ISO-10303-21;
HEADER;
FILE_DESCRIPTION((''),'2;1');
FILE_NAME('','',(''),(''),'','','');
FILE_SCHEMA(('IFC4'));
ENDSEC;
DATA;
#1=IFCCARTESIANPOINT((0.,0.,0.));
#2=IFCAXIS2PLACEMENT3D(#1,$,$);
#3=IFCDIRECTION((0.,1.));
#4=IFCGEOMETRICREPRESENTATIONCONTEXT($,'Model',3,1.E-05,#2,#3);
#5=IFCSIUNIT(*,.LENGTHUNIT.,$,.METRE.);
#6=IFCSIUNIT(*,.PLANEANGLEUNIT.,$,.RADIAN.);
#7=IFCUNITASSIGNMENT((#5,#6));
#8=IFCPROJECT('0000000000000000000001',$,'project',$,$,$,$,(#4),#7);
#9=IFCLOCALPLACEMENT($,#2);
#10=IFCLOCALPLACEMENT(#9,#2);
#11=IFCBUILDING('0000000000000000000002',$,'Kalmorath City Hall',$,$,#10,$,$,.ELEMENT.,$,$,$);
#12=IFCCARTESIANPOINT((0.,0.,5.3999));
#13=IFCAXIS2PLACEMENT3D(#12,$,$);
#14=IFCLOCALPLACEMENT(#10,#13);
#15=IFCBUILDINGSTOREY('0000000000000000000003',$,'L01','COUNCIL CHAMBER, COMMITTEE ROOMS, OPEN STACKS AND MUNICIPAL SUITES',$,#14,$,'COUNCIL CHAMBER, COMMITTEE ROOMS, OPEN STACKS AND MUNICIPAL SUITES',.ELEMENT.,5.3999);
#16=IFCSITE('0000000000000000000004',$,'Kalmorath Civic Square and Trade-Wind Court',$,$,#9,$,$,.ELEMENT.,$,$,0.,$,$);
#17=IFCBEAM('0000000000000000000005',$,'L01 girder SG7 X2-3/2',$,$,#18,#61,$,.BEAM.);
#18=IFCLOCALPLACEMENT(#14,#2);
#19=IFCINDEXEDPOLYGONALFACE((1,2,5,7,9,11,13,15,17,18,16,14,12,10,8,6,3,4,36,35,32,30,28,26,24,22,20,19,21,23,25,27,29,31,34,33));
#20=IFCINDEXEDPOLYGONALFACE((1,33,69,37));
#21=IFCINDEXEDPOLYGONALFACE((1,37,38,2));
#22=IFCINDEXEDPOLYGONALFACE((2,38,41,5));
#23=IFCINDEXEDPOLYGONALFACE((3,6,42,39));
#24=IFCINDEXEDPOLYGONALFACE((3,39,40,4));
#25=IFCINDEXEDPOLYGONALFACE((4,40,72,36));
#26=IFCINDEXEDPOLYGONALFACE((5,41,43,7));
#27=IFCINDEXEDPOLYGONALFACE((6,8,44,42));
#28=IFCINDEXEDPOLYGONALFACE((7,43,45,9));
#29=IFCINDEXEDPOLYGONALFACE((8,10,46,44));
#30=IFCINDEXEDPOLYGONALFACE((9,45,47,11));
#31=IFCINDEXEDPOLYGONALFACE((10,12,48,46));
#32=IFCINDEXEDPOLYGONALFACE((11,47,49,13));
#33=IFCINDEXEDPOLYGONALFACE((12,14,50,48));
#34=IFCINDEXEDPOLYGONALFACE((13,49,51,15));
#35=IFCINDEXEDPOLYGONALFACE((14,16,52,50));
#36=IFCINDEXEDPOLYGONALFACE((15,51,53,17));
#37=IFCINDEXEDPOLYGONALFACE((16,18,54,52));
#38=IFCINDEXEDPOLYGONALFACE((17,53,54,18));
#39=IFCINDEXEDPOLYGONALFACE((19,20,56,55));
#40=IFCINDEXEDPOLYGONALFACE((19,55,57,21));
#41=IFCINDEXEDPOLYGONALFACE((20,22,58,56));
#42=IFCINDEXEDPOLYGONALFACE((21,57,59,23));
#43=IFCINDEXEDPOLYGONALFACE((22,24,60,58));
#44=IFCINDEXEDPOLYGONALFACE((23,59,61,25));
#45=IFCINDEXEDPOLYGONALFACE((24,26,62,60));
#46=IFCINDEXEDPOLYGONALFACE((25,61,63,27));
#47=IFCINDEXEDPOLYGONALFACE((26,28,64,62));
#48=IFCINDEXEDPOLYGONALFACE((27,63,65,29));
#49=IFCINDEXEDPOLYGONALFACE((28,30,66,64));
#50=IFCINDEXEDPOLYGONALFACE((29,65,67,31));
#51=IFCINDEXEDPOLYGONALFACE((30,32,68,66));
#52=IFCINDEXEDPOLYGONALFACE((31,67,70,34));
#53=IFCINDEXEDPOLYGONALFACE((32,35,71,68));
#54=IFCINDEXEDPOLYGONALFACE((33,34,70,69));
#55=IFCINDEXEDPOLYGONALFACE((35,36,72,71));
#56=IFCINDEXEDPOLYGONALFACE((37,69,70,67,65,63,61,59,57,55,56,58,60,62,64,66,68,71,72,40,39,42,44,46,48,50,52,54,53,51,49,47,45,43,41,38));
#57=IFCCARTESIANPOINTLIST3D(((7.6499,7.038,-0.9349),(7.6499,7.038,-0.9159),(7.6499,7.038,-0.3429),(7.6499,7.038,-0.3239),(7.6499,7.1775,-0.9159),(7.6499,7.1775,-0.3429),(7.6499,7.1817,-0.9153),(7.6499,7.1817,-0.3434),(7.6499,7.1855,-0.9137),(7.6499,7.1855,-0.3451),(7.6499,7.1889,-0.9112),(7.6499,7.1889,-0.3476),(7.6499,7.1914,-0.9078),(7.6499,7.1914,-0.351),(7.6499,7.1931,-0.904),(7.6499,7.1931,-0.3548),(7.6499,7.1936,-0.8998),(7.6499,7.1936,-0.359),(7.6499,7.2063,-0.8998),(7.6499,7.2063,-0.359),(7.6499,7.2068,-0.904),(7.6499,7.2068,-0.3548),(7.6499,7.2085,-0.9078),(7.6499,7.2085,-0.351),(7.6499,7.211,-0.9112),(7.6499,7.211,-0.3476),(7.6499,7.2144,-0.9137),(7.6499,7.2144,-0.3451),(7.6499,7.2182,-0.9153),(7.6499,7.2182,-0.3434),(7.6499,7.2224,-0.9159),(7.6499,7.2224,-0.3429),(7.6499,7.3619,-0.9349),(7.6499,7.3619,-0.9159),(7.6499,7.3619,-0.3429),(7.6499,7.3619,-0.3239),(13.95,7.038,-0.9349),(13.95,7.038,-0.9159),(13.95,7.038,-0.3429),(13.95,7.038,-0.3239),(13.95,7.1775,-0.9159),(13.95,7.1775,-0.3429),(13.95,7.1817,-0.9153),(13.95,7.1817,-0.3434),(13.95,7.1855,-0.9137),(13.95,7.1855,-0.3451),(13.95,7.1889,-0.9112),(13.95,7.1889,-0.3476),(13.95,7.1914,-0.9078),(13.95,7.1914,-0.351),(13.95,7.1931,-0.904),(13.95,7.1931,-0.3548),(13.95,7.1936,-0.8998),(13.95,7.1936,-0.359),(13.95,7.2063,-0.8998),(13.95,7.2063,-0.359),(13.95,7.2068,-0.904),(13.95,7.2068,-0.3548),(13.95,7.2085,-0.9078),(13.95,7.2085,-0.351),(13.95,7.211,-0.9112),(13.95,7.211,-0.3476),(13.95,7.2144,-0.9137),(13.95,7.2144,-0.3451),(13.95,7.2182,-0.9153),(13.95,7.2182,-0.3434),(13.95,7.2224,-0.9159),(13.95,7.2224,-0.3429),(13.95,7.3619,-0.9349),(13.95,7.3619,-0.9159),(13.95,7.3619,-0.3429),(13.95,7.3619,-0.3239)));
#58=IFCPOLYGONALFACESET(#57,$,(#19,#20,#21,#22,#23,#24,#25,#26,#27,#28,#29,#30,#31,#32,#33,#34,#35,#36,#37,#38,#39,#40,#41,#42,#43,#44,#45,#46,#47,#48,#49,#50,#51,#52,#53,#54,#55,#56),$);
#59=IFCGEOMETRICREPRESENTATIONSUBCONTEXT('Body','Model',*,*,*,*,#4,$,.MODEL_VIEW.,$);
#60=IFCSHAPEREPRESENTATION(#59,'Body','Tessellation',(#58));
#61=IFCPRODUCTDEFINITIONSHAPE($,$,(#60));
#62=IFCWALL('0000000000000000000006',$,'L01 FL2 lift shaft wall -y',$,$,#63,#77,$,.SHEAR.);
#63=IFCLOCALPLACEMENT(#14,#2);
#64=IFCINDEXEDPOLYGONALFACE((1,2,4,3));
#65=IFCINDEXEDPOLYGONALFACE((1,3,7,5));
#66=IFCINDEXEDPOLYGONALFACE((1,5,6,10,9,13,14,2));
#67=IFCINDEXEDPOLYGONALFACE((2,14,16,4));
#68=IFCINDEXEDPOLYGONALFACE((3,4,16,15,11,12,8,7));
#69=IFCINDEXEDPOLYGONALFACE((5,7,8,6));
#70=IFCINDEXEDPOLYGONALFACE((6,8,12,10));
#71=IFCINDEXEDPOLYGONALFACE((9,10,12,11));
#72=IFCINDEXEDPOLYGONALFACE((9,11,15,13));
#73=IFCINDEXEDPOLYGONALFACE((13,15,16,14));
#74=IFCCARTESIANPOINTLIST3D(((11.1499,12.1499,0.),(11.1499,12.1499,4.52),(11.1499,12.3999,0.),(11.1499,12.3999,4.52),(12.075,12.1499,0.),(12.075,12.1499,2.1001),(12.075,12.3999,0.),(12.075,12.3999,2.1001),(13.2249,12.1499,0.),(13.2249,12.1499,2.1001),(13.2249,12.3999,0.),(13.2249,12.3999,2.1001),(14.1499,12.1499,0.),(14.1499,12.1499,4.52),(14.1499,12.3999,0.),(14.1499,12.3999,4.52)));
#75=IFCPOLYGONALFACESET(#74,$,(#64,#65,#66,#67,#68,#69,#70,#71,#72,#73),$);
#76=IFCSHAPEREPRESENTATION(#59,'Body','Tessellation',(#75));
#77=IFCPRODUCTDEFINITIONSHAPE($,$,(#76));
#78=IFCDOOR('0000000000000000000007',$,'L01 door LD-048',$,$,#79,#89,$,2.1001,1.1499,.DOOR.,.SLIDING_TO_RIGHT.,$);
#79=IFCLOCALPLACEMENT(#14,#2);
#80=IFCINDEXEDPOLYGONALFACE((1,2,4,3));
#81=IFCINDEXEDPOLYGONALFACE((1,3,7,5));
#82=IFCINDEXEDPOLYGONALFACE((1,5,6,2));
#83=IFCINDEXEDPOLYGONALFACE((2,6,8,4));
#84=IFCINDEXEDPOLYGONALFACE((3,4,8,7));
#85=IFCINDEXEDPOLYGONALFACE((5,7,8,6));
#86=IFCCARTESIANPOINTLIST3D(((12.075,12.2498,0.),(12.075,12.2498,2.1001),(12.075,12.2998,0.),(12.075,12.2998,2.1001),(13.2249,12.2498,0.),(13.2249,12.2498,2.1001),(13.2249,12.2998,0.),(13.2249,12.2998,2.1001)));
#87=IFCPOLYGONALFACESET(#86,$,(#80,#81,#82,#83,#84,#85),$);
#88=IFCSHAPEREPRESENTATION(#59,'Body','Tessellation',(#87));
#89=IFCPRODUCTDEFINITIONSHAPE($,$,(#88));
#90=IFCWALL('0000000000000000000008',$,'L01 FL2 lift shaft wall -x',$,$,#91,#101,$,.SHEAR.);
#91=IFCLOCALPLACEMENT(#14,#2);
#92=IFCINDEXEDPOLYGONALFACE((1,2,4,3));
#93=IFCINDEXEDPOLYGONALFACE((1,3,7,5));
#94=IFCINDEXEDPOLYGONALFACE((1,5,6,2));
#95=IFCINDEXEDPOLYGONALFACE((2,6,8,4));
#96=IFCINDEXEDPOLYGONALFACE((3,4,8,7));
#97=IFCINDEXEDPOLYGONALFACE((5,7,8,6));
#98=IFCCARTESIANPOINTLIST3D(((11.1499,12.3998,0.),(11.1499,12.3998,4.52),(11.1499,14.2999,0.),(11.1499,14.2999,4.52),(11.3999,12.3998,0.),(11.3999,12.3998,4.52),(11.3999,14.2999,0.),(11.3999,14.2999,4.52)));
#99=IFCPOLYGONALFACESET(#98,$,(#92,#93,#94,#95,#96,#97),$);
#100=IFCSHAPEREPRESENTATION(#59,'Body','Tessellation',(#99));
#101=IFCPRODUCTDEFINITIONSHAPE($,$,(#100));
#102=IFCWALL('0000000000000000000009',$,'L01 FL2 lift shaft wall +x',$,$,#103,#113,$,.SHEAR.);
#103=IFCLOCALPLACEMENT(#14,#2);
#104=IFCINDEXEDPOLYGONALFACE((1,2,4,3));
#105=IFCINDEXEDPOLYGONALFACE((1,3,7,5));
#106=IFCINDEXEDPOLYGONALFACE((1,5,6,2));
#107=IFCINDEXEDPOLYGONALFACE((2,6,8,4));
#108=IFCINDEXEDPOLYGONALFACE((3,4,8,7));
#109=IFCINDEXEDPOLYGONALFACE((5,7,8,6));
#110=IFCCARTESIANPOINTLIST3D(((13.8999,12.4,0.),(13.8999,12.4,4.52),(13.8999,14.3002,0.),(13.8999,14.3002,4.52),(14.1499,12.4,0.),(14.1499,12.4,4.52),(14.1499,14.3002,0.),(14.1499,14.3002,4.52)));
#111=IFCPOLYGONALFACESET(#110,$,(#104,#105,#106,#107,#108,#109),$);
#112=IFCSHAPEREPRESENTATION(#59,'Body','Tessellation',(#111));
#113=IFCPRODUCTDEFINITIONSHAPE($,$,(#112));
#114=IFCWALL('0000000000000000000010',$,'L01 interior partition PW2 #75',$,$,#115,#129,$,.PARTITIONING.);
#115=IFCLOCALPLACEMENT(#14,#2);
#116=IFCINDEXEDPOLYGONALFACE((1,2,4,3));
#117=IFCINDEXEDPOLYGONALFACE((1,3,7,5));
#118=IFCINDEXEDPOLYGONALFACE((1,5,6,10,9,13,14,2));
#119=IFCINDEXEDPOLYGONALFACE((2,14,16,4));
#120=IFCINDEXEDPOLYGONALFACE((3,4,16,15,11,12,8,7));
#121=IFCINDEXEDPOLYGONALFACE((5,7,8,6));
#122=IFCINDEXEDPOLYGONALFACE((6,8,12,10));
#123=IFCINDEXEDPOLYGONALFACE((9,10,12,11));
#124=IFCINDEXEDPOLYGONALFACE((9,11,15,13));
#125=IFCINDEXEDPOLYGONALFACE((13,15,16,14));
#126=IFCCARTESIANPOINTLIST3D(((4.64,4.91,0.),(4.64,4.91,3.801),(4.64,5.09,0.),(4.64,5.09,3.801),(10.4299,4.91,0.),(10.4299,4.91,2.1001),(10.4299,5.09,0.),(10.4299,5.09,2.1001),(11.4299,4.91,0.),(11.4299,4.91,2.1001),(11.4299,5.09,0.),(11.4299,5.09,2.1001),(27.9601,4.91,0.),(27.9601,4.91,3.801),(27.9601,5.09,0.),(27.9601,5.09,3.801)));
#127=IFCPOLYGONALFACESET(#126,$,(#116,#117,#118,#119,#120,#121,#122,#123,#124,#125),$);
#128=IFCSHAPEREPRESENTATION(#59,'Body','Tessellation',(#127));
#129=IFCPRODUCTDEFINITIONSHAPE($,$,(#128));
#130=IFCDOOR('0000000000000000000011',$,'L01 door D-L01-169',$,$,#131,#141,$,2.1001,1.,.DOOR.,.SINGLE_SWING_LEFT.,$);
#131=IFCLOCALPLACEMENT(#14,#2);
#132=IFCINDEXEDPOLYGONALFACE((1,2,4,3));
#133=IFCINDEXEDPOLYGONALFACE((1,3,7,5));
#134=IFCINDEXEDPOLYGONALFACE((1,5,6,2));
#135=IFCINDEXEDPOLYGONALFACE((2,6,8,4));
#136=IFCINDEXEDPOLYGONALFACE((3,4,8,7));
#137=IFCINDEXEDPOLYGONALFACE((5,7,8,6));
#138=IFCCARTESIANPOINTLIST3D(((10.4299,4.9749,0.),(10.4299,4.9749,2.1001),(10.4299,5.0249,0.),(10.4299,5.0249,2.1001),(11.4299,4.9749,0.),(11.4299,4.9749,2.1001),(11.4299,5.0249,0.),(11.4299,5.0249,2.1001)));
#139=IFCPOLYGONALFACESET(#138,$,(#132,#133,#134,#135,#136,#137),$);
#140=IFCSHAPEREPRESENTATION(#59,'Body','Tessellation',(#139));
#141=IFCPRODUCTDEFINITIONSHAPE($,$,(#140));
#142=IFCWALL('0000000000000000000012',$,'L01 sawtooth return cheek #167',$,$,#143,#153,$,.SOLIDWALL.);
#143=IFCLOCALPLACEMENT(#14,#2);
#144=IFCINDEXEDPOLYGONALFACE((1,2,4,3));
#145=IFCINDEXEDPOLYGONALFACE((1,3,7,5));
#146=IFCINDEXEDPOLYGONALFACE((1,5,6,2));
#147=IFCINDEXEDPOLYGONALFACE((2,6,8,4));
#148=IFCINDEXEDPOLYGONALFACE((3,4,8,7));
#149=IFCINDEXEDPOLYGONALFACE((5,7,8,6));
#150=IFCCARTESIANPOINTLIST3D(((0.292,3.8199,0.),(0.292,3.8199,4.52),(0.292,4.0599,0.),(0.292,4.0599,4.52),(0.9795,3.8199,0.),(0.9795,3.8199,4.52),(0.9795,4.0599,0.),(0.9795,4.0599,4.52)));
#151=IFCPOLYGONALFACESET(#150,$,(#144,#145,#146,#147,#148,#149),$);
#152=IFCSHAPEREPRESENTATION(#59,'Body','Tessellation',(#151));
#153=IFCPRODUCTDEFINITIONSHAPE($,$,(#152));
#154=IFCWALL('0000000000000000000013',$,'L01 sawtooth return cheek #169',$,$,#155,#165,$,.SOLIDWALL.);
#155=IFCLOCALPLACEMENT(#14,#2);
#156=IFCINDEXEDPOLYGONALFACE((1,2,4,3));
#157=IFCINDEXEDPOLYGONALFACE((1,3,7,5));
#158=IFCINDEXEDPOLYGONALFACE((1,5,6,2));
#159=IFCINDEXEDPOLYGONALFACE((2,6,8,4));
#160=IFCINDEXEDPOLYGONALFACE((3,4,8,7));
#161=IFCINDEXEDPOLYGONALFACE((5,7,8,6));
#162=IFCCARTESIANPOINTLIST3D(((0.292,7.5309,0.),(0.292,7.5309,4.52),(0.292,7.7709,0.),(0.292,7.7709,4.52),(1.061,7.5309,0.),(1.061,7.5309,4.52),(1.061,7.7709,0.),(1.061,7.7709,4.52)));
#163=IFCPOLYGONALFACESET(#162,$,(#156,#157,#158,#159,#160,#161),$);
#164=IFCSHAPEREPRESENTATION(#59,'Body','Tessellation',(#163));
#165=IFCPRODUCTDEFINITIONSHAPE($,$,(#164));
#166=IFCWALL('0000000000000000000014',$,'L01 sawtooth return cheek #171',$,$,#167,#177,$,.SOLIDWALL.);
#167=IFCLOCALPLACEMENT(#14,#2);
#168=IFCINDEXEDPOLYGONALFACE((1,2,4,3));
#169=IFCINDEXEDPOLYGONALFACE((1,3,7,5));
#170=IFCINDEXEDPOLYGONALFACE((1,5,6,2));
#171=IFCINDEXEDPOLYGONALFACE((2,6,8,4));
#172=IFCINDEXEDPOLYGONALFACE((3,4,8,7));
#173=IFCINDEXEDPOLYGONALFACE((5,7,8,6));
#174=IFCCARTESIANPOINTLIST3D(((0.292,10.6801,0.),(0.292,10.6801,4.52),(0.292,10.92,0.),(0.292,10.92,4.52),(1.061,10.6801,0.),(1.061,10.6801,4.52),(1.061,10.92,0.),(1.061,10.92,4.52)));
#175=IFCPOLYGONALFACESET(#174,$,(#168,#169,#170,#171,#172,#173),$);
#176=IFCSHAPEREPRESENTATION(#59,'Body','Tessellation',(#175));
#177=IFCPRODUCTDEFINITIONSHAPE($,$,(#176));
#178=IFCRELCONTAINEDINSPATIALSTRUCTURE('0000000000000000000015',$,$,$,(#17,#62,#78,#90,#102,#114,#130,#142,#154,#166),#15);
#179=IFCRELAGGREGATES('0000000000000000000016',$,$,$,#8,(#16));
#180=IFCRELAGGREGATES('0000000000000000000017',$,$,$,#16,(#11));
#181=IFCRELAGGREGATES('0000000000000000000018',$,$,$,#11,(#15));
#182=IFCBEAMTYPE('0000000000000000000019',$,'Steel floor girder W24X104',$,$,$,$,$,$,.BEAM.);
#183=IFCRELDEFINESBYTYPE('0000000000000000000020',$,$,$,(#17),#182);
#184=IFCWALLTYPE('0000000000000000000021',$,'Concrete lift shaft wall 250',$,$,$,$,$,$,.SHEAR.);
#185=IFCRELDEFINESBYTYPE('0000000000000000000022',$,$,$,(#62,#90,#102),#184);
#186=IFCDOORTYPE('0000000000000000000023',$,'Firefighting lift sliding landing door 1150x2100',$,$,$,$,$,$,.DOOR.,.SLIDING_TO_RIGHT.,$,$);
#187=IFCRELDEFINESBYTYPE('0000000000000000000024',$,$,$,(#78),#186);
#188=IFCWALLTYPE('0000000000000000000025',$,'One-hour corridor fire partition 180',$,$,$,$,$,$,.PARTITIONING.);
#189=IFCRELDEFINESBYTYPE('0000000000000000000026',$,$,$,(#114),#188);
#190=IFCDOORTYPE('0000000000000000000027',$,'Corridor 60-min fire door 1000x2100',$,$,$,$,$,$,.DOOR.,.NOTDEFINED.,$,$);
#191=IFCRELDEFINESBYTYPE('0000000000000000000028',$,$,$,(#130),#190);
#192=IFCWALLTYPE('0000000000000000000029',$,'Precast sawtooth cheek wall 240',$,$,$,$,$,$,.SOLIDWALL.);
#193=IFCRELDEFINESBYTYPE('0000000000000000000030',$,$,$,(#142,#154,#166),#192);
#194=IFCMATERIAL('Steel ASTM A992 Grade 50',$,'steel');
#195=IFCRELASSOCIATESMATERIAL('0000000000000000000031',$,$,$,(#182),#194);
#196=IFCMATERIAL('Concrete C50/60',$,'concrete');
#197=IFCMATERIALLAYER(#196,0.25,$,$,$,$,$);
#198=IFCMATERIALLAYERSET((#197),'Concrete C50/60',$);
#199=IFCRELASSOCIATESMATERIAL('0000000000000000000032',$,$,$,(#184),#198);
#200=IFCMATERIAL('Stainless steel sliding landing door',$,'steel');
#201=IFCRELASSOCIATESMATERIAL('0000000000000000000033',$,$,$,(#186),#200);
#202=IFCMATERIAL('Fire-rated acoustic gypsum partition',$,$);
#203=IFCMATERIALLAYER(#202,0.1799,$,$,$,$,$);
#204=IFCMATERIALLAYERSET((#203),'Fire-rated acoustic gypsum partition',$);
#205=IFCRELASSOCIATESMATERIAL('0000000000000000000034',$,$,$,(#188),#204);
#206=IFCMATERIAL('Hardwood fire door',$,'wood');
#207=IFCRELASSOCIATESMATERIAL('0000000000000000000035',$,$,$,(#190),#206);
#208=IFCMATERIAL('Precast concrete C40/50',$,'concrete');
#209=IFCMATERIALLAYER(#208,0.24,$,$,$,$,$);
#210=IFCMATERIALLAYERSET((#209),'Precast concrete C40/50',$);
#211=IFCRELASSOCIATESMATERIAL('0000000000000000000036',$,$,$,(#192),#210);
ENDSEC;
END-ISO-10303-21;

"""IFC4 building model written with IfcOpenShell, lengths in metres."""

from ifc_helpers import new_model, si_unit, direction, frame, frame_2d, origin, origin_2d, place, context, subcontext, project, spatial, rectangle, i_section, extrude, material, layer, layer_set, material_profile, profile_set, type_object, element, fill, save


model = new_model("IFC4")

# Units and contexts
model_context = context("Model", 3, precision=1e-05, world=origin(), true_north=direction((0.0, 1.0)))
body_context = subcontext(model_context, "Body", "Model", "MODEL_VIEW")
ifc_project = project(units=[si_unit("LENGTHUNIT", "METRE"), si_unit("PLANEANGLEUNIT", "RADIAN")], contexts=[model_context])

# Site, building, storey
site_placement = place(None, origin())
site = spatial("IfcSite", under=ifc_project, at=site_placement, Name="Kalmorath Civic Square and Trade-Wind Court", CompositionType="ELEMENT", RefElevation=0.0)
building_placement = place(site_placement, origin())
building = spatial("IfcBuilding", under=site, at=building_placement, Name="Kalmorath City Hall", CompositionType="ELEMENT")
storey_placement = place(building_placement, frame((0.0, 0.0, 5.3999)))
storey = spatial("IfcBuildingStorey", under=building, at=storey_placement, Name="L01", Description="COUNCIL CHAMBER, COMMITTEE ROOMS, OPEN STACKS AND MUNICIPAL SUITES", LongName="COUNCIL CHAMBER, COMMITTEE ROOMS, OPEN STACKS AND MUNICIPAL SUITES", CompositionType="ELEMENT", Elevation=5.3999)

# Beam
ifc_material_1 = material(Name="Steel ASTM A992 Grade 50", Category="steel")
ifc_material_profile_1 = material_profile(ifc_material_1, i_section(OverallWidth=0.324, OverallDepth=0.6111, WebThickness=0.0127, FlangeThickness=0.019, FilletRadius=0.0161, at=origin_2d()), Name="W24X104")
ifc_profile_set_1 = profile_set([ifc_material_profile_1], Name="Steel ASTM A992 Grade 50")
beam_type_1 = type_object("IfcBeamType", Name="Steel floor girder W24X104", PredefinedType="BEAM", material=ifc_profile_set_1)
for number, where, z_axis, x_axis, name in (
    (1, (7.6499, 7.2, -0.6294), (1.0, 0.0, 0.0), (0.0, 1.0, 0.0), "L01 girder SG7 X2-3/2"),
):
    element("IfcBeam", number, at=place(storey_placement, frame(where, z_axis=z_axis, x_axis=x_axis)), inside=storey, type_object=beam_type_1, Name=name, PredefinedType="BEAM", context=body_context, shape_type="SweptSolid", body=[
        extrude(i_section(OverallWidth=0.324, OverallDepth=0.6111, WebThickness=0.0127, FlangeThickness=0.019, FilletRadius=0.0161, at=origin_2d()), origin(), (0.0, 0.0, 1.0), 6.3),
    ])

# Wall, opening, door
ifc_material_2 = material(Name="Concrete C50/60", Category="concrete")
ifc_layer_1 = layer(ifc_material_2, 0.25)
ifc_layer_set_1 = layer_set([ifc_layer_1], Name="Concrete C50/60")
wall_type_1 = type_object("IfcWallType", Name="Concrete lift shaft wall 250", PredefinedType="SHEAR", material=ifc_layer_set_1)
wall_1_placement = place(storey_placement, frame((11.1499, 12.2749, 0.0), z_axis=(0.0, 0.0, 1.0), x_axis=(1.0, 0.0, 0.0)))
wall_1 = element("IfcWall", 2, at=wall_1_placement, inside=storey, type_object=wall_type_1, Name="L01 FL2 lift shaft wall -y", PredefinedType="SHEAR", context=body_context, shape_type="SweptSolid", body=[
    extrude(rectangle(XDim=3.0, YDim=0.25, at=frame_2d((1.5, 0.0))), origin(), (0.0, 0.0, 1.0), 4.52),
])
opening_1_placement = place(wall_1_placement, frame((0.925, 0.0, 0.0)))
opening_1 = element("IfcOpeningElement", 3, at=opening_1_placement, cuts=wall_1, PredefinedType="OPENING", context=body_context, shape_type="SweptSolid", body=[
    extrude(rectangle(XDim=1.1499, YDim=2.1001, at=frame_2d((0.575, 1.05))), frame((0.0, 0.135, 0.0), z_axis=(0.0, -1.0, 0.0), x_axis=(1.0, 0.0, 0.0)), (0.0, 0.0, 1.0), 0.27),
])
ifc_material_3 = material(Name="Stainless steel sliding landing door", Category="steel")
door_type_1 = type_object("IfcDoorType", Name="Firefighting lift sliding landing door 1150x2100", OperationType="SLIDING_TO_RIGHT", PredefinedType="DOOR", material=ifc_material_3)
door_1_placement = place(opening_1_placement, origin())
door_1 = element("IfcDoor", 4, at=door_1_placement, inside=storey, type_object=door_type_1, Name="L01 door LD-048", OperationType="SLIDING_TO_RIGHT", OverallHeight=2.1001, OverallWidth=1.1499, PredefinedType="DOOR", context=body_context, shape_type="SweptSolid", body=[
    extrude(rectangle(XDim=1.1499, YDim=2.1001, at=frame_2d((0.575, 1.05))), frame((0.0, 0.0249, 0.0), z_axis=(0.0, -1.0, 0.0), x_axis=(1.0, 0.0, 0.0)), (0.0, 0.0, 1.0), 0.05),
])
fill(opening_1, door_1)

# Walls
for number, where, z_axis, x_axis, name in (
    (5, (11.2749, 14.3, 0.0), (0.0, 0.0, 1.0), (0.0, -1.0, 0.0), "L01 FL2 lift shaft wall -x"),
    (6, (14.0249, 12.3999, 0.0), (0.0, 0.0, 1.0), (0.0, 1.0, 0.0), "L01 FL2 lift shaft wall +x"),
):
    element("IfcWall", number, at=place(storey_placement, frame(where, z_axis=z_axis, x_axis=x_axis)), inside=storey, type_object=wall_type_1, Name=name, PredefinedType="SHEAR", context=body_context, shape_type="SweptSolid", body=[
        extrude(rectangle(XDim=1.9001, YDim=0.25, at=frame_2d((0.9502, 0.0))), origin(), (0.0, 0.0, 1.0), 4.52),
    ])

# Wall, opening, door
ifc_material_4 = material(Name="Fire-rated acoustic gypsum partition")
ifc_layer_2 = layer(ifc_material_4, 0.1799)
ifc_layer_set_2 = layer_set([ifc_layer_2], Name="Fire-rated acoustic gypsum partition")
wall_type_2 = type_object("IfcWallType", Name="One-hour corridor fire partition 180", PredefinedType="PARTITIONING", material=ifc_layer_set_2)
wall_2_placement = place(storey_placement, frame((4.6399, 5.0, 0.0), z_axis=(0.0, 0.0, 1.0), x_axis=(1.0, 0.0, 0.0)))
wall_2 = element("IfcWall", 7, at=wall_2_placement, inside=storey, type_object=wall_type_2, Name="L01 interior partition PW2 #75", PredefinedType="PARTITIONING", context=body_context, shape_type="SweptSolid", body=[
    extrude(rectangle(XDim=23.3201, YDim=0.1799, at=frame_2d((11.6602, 0.0))), origin(), (0.0, 0.0, 1.0), 3.801),
])
opening_2_placement = place(wall_2_placement, frame((5.79, 0.0, 0.0)))
opening_2 = element("IfcOpeningElement", 8, at=opening_2_placement, cuts=wall_2, PredefinedType="OPENING", context=body_context, shape_type="SweptSolid", body=[
    extrude(rectangle(XDim=1.0, YDim=2.1001, at=frame_2d((0.5, 1.05))), frame((0.0, 0.0999, 0.0), z_axis=(0.0, -1.0, 0.0), x_axis=(1.0, 0.0, 0.0)), (0.0, 0.0, 1.0), 0.2),
])
ifc_material_5 = material(Name="Hardwood fire door", Category="wood")
door_type_2 = type_object("IfcDoorType", Name="Corridor 60-min fire door 1000x2100", OperationType="NOTDEFINED", PredefinedType="DOOR", material=ifc_material_5)
door_2_placement = place(opening_2_placement, origin())
door_2 = element("IfcDoor", 9, at=door_2_placement, inside=storey, type_object=door_type_2, Name="L01 door D-L01-169", OperationType="SINGLE_SWING_LEFT", OverallHeight=2.1001, OverallWidth=1.0, PredefinedType="DOOR", context=body_context, shape_type="SweptSolid", body=[
    extrude(rectangle(XDim=1.0, YDim=2.1001, at=frame_2d((0.5, 1.05))), frame((0.0, 0.0249, 0.0), z_axis=(0.0, -1.0, 0.0), x_axis=(1.0, 0.0, 0.0)), (0.0, 0.0, 1.0), 0.05),
])
fill(opening_2, door_2)

# Walls
ifc_material_6 = material(Name="Precast concrete C40/50", Category="concrete")
ifc_layer_3 = layer(ifc_material_6, 0.24)
ifc_layer_set_3 = layer_set([ifc_layer_3], Name="Precast concrete C40/50")
wall_type_3 = type_object("IfcWallType", Name="Precast sawtooth cheek wall 240", PredefinedType="SOLIDWALL", material=ifc_layer_set_3)
wall_3_placement = place(storey_placement, frame((0.9795, 3.9399, 0.0), z_axis=(0.0, 0.0, 1.0), x_axis=(-1.0, 0.0, 0.0)))
element("IfcWall", 10, at=wall_3_placement, inside=storey, type_object=wall_type_3, Name="L01 sawtooth return cheek #167", PredefinedType="SOLIDWALL", context=body_context, shape_type="SweptSolid", body=[
    extrude(rectangle(XDim=0.6875, YDim=0.24, at=frame_2d((0.3438, 0.0))), origin(), (0.0, 0.0, 1.0), 4.52),
])
for number, where, z_axis, x_axis, name in (
    (11, (1.061, 7.6509, 0.0), (0.0, 0.0, 1.0), (-1.0, 0.0, 0.0), "L01 sawtooth return cheek #169"),
    (12, (1.061, 10.8, 0.0), (0.0, 0.0, 1.0), (-1.0, 0.0, 0.0), "L01 sawtooth return cheek #171"),
):
    element("IfcWall", number, at=place(storey_placement, frame(where, z_axis=z_axis, x_axis=x_axis)), inside=storey, type_object=wall_type_3, Name=name, PredefinedType="SOLIDWALL", context=body_context, shape_type="SweptSolid", body=[
        extrude(rectangle(XDim=0.769, YDim=0.24, at=frame_2d((0.3845, 0.0))), origin(), (0.0, 0.0, 1.0), 4.52),
    ])

save(model, "model.ifc")
